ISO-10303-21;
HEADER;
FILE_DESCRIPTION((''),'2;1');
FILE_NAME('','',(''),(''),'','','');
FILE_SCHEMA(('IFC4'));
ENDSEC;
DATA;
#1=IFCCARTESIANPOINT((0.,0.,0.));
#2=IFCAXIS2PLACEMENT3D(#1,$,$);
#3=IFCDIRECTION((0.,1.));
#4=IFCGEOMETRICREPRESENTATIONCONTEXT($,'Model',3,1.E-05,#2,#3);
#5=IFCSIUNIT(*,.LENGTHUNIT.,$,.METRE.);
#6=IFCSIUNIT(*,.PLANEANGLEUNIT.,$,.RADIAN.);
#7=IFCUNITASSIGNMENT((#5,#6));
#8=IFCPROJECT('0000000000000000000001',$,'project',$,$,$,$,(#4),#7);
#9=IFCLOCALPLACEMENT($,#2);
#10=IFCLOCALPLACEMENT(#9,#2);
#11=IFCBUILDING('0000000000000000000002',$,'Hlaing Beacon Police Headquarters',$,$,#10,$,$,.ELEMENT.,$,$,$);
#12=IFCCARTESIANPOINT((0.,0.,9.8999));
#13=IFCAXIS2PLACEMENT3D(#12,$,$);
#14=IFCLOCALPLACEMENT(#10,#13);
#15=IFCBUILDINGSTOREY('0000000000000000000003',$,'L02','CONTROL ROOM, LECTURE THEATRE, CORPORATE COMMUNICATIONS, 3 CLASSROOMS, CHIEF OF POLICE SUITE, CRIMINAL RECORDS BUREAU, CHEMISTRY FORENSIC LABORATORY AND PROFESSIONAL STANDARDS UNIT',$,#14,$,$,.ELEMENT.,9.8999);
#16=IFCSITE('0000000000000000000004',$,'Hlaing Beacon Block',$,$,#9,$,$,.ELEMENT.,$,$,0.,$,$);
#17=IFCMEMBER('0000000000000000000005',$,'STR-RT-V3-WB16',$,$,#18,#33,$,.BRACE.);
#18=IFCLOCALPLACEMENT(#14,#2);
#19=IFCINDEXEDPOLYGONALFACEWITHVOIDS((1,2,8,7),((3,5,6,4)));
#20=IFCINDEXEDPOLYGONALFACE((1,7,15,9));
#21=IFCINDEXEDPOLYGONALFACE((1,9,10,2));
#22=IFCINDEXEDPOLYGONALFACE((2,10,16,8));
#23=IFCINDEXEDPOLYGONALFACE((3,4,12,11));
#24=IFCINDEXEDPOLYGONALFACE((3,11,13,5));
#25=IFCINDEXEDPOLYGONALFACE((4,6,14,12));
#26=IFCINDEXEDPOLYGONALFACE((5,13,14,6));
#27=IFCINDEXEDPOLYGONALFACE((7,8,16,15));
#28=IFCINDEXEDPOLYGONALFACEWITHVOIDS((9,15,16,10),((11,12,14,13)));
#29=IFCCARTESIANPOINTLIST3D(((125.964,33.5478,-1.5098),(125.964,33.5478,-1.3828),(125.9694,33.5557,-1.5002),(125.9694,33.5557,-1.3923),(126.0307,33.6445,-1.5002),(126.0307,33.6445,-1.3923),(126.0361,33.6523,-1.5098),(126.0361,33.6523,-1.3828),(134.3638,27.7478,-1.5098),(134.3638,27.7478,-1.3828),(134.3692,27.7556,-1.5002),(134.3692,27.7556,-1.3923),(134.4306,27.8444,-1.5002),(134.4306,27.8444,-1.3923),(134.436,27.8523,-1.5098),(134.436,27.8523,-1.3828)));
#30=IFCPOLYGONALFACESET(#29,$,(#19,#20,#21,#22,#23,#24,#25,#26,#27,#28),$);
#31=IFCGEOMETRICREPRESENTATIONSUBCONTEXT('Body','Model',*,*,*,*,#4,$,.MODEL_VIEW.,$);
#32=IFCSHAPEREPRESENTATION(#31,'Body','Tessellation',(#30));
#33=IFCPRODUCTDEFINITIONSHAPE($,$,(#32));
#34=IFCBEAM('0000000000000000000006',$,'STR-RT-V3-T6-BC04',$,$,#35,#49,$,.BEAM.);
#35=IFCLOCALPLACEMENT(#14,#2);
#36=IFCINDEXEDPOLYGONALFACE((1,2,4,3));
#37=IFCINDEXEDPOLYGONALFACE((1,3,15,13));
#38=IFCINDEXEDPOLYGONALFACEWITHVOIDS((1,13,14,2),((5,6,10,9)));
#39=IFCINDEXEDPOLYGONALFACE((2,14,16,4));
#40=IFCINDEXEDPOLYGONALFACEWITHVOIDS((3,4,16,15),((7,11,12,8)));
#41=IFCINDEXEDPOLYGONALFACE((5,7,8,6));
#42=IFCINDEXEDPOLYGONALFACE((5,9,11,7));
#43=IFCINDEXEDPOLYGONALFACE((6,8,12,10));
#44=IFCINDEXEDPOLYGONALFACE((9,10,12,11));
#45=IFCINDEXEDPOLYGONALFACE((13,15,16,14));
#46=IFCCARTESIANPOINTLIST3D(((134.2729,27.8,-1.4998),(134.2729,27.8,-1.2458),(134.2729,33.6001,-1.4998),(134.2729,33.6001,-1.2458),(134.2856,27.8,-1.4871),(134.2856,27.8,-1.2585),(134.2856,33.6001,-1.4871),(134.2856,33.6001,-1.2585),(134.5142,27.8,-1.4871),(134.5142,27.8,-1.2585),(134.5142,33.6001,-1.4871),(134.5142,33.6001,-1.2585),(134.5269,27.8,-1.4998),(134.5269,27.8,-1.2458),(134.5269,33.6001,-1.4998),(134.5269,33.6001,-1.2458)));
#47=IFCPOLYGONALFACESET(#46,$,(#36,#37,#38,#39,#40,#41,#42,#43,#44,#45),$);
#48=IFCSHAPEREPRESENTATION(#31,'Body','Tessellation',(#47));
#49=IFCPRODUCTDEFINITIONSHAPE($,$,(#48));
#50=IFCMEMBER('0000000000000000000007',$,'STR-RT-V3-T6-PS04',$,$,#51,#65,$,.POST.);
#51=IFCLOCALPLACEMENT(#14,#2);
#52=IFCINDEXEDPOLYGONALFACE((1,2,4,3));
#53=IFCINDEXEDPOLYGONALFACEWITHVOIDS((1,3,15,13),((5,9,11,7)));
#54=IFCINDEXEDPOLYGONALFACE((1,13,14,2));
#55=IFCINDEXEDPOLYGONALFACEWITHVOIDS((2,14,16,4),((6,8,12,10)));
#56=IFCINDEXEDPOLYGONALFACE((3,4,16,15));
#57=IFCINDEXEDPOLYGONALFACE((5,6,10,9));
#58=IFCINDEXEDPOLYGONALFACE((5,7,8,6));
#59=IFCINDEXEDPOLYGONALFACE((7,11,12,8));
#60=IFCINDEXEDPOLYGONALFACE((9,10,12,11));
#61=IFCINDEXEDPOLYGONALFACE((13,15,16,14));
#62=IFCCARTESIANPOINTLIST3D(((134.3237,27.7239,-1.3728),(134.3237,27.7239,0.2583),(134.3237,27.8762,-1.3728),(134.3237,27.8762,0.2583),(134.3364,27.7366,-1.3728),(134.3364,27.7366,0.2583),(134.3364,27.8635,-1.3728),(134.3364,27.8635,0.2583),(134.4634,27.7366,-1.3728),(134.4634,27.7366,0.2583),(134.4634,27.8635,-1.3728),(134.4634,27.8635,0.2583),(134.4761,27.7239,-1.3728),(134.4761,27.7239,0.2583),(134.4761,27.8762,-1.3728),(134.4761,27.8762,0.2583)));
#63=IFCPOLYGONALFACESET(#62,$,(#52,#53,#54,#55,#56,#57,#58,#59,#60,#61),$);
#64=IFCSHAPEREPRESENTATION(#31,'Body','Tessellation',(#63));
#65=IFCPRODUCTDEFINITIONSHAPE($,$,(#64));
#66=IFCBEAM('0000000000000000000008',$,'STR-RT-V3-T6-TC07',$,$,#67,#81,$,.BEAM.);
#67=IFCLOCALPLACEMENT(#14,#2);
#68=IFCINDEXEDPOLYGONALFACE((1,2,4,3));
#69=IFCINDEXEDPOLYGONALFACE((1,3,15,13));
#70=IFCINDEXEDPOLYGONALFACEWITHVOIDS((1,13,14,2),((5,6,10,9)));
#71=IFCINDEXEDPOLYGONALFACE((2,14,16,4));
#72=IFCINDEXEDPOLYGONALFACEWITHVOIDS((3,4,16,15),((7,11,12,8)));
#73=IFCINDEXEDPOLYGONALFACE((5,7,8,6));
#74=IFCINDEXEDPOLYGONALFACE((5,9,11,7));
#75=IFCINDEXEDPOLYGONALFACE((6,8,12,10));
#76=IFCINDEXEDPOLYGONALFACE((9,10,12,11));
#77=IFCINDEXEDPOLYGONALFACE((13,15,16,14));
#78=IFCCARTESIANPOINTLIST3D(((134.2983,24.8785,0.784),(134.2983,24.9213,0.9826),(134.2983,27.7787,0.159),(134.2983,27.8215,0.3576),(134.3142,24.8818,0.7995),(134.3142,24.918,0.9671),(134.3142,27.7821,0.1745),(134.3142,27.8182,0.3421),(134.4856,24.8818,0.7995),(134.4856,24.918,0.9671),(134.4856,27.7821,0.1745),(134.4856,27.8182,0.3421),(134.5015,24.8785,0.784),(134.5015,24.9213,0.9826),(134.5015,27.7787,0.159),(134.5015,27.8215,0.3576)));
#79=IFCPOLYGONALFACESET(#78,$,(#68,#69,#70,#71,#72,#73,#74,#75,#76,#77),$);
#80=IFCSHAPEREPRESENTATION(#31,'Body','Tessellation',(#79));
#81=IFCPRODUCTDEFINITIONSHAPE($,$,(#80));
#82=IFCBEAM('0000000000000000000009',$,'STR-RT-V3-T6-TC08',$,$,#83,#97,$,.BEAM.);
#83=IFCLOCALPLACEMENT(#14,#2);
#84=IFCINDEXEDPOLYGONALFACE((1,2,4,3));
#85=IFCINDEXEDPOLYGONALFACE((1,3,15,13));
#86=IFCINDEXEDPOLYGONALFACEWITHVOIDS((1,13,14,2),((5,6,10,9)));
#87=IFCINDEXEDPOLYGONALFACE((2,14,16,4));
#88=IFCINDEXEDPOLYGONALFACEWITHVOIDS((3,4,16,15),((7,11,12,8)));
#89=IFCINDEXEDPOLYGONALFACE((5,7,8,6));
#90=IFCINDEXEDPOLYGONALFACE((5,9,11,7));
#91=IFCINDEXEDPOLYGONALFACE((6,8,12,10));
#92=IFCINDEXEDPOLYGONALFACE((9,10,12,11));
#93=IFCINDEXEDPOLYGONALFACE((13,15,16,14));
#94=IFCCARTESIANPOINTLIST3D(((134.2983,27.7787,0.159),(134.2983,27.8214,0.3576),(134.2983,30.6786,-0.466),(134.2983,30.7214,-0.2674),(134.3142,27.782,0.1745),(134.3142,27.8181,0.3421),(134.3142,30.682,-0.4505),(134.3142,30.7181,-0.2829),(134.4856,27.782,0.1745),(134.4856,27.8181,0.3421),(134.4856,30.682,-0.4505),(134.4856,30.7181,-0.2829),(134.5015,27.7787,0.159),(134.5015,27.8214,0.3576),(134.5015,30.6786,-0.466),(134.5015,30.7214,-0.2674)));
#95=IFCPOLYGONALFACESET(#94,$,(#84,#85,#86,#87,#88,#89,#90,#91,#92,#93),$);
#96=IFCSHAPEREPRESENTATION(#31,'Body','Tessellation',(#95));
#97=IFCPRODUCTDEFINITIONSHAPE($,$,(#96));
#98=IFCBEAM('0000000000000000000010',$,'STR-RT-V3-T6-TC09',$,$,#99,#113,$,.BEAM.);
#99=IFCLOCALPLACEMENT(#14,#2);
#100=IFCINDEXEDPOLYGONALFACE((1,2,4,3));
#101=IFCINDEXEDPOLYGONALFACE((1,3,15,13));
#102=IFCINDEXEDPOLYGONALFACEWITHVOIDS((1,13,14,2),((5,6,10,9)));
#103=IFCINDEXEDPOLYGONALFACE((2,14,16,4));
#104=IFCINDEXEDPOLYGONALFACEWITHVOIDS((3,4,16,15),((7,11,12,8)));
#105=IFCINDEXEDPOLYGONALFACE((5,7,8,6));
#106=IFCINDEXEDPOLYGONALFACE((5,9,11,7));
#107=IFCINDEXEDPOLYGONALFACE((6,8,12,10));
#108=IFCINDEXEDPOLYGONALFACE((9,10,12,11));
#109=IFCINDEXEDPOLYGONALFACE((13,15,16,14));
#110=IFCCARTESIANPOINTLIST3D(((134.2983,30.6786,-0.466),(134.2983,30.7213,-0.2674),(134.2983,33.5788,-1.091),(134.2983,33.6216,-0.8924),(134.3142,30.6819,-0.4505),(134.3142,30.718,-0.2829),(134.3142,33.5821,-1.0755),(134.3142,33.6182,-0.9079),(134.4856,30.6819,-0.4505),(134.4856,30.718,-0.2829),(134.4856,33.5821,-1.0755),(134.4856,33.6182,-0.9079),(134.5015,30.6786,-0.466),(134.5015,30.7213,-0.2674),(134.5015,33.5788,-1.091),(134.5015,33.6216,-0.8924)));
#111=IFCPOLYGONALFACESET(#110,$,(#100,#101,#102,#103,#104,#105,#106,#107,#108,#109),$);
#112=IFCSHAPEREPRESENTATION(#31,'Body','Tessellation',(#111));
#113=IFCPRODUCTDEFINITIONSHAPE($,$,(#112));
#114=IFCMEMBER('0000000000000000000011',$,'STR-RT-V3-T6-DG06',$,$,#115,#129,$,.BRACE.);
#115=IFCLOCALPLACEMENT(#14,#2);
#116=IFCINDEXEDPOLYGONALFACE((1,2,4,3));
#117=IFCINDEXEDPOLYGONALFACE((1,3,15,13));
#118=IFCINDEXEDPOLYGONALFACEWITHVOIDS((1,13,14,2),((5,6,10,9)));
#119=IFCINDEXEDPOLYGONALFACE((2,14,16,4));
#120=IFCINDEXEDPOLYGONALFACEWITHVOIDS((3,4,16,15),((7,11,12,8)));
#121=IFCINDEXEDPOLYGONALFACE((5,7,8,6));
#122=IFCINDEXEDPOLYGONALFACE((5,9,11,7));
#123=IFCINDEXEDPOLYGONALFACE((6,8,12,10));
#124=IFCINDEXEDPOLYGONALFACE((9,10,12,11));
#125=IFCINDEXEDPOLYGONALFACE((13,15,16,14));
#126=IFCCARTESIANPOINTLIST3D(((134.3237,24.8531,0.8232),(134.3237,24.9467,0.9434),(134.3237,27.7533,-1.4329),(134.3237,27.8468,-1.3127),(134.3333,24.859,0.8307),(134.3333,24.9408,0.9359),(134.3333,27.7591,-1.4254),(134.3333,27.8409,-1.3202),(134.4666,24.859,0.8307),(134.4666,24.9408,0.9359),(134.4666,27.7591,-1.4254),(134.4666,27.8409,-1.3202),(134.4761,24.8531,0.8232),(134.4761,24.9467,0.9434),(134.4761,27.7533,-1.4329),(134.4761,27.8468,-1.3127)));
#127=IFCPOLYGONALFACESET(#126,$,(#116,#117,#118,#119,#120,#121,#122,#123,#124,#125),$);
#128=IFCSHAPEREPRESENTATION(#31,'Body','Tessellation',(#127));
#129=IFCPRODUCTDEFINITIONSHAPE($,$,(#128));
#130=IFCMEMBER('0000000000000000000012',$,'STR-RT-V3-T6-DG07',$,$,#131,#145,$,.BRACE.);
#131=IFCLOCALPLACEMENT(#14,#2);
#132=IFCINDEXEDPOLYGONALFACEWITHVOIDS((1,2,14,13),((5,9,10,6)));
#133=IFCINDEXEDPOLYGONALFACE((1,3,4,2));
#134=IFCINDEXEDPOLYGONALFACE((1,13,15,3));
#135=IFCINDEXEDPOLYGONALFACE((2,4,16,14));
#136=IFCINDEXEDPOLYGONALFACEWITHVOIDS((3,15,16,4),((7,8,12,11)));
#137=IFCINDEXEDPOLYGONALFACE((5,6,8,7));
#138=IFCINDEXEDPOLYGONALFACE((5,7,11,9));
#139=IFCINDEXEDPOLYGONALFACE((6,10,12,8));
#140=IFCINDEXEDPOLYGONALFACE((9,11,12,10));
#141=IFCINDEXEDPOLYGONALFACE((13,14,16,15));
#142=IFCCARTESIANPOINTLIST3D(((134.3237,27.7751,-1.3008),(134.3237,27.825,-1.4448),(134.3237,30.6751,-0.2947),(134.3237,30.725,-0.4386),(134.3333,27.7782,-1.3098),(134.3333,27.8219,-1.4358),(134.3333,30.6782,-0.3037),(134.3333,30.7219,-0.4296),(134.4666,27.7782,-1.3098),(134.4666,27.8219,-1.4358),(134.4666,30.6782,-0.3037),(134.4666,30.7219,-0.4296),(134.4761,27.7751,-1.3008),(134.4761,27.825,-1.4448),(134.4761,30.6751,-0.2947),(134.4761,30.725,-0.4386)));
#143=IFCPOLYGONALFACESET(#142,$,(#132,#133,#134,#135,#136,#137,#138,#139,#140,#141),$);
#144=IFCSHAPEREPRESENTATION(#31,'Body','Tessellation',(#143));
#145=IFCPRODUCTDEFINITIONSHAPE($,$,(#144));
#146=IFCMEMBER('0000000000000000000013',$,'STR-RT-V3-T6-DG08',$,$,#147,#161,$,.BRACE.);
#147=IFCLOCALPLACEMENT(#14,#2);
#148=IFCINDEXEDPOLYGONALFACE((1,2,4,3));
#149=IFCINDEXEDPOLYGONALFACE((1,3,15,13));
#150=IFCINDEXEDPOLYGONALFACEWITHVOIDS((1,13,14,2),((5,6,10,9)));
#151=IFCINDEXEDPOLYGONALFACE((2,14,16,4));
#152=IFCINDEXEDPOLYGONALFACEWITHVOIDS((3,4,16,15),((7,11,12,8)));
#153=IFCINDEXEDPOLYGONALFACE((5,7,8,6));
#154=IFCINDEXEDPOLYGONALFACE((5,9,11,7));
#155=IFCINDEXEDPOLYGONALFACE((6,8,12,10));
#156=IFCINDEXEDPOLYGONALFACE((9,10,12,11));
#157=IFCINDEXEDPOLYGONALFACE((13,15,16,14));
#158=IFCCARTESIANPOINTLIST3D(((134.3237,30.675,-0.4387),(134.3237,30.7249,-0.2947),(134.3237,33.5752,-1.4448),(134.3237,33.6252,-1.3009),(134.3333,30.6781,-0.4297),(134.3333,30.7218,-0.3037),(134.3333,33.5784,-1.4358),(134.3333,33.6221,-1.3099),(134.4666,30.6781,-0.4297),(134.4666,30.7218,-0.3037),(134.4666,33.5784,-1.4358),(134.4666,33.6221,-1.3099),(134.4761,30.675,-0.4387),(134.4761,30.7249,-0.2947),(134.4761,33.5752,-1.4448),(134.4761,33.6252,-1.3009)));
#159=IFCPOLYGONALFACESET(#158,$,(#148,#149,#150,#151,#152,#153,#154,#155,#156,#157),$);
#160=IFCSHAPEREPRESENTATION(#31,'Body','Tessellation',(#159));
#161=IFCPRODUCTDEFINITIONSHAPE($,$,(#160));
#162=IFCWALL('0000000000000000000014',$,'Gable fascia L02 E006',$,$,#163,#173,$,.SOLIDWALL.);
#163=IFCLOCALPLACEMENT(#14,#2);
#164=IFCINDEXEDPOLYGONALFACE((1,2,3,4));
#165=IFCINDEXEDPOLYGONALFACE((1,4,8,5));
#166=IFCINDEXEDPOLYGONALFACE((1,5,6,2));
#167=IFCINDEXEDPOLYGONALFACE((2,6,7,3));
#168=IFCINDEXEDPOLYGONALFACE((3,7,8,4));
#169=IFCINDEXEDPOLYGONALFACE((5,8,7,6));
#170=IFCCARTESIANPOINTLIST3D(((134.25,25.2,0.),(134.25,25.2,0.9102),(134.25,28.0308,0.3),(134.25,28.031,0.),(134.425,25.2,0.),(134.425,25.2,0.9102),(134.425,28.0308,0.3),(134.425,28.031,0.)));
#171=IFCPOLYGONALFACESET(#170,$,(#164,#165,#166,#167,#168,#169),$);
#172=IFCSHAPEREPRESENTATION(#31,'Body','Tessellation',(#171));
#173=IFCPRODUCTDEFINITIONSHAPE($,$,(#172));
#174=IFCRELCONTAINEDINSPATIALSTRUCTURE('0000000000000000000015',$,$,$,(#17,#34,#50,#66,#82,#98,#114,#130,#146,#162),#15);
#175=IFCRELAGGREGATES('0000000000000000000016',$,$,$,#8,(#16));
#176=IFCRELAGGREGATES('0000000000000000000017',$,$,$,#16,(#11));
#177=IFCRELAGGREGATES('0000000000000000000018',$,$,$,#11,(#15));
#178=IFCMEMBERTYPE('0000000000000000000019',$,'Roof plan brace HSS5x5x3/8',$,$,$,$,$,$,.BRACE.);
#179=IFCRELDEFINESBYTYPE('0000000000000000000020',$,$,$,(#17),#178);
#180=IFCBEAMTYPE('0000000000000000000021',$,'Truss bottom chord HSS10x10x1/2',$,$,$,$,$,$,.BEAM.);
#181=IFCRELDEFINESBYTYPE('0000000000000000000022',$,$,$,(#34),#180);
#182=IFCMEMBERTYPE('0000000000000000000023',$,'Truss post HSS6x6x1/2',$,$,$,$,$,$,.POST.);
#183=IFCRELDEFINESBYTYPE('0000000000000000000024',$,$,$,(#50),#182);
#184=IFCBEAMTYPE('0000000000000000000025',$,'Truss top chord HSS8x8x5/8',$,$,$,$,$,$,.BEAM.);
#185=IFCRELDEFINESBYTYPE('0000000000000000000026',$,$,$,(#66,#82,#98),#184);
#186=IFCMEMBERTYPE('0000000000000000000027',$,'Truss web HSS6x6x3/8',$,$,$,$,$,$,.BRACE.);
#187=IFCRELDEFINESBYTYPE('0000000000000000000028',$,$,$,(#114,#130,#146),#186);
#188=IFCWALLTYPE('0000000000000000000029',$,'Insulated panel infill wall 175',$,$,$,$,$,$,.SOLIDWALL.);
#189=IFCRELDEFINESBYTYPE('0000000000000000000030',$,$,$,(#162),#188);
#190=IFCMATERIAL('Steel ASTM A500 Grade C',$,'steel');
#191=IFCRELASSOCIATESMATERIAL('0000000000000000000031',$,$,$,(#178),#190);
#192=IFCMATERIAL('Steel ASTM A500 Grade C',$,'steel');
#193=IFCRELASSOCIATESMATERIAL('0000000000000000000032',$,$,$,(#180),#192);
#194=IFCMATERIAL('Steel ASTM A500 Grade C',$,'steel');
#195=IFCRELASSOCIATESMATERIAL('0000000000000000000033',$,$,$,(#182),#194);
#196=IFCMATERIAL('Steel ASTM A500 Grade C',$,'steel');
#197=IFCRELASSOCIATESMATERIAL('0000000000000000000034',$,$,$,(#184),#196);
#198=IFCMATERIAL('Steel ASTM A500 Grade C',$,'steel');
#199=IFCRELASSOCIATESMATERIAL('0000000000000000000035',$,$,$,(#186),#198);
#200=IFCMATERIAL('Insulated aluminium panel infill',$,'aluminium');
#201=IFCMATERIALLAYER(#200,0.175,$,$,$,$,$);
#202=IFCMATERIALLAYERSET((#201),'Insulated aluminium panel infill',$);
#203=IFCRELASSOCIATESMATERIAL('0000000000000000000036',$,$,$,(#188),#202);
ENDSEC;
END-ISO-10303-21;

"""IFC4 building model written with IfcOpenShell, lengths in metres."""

from ifc_helpers import new_model, si_unit, direction, frame, origin, origin_2d, place, context, subcontext, project, spatial, polyline, hollow_rectangle, outline, extrude, material, layer, layer_set, material_profile, profile_set, type_object, element, save


model = new_model("IFC4")

# Units and contexts
model_context = context("Model", 3, precision=1e-05, world=origin(), true_north=direction((0.0, 1.0)))
body_context = subcontext(model_context, "Body", "Model", "MODEL_VIEW")
ifc_project = project(units=[si_unit("LENGTHUNIT", "METRE"), si_unit("PLANEANGLEUNIT", "RADIAN")], contexts=[model_context])

# Site, building, storey
site_placement = place(None, origin())
site = spatial("IfcSite", under=ifc_project, at=site_placement, Name="Hlaing Beacon Block", CompositionType="ELEMENT", RefElevation=0.0)
building_placement = place(site_placement, origin())
building = spatial("IfcBuilding", under=site, at=building_placement, Name="Hlaing Beacon Police Headquarters", CompositionType="ELEMENT")
storey_placement = place(building_placement, frame((0.0, 0.0, 9.8999)))
storey = spatial("IfcBuildingStorey", under=building, at=storey_placement, Name="L02", Description="CONTROL ROOM, LECTURE THEATRE, CORPORATE COMMUNICATIONS, 3 CLASSROOMS, CHIEF OF POLICE SUITE, CRIMINAL RECORDS BUREAU, CHEMISTRY FORENSIC LABORATORY AND PROFESSIONAL STANDARDS UNIT", CompositionType="ELEMENT", Elevation=9.8999)

# Member
ifc_material_1 = material(Name="Steel ASTM A500 Grade C", Category="steel")
ifc_material_profile_1 = material_profile(ifc_material_1, hollow_rectangle(XDim=0.127, YDim=0.127, WallThickness=0.0095, at=origin_2d()), Name="HSS5x5x3/8")
ifc_profile_set_1 = profile_set([ifc_material_profile_1], Name="Steel ASTM A500 Grade C")
member_type_1 = type_object("IfcMemberType", Name="Roof plan brace HSS5x5x3/8", PredefinedType="BRACE", material=ifc_profile_set_1)
member_1_placement = place(storey_placement, frame((134.3999, 27.8, -1.4463), z_axis=(-0.822892, 0.568198, 0.0), x_axis=(-0.568198, -0.822892, 0.0)))
element("IfcMember", 1, at=member_1_placement, inside=storey, type_object=member_type_1, Name="STR-RT-V3-WB16", PredefinedType="BRACE", context=body_context, shape_type="SweptSolid", body=[
    extrude(hollow_rectangle(XDim=0.127, YDim=0.127, WallThickness=0.0095, at=origin_2d()), origin(), (0.0, 0.0, 1.0), 10.2078),
])

# Beam
ifc_material_2 = material(Name="Steel ASTM A500 Grade C", Category="steel")
ifc_material_profile_2 = material_profile(ifc_material_2, hollow_rectangle(XDim=0.2539, YDim=0.2539, WallThickness=0.0127, at=origin_2d()), Name="HSS10x10x1/2")
ifc_profile_set_2 = profile_set([ifc_material_profile_2], Name="Steel ASTM A500 Grade C")
beam_type_1 = type_object("IfcBeamType", Name="Truss bottom chord HSS10x10x1/2", PredefinedType="BEAM", material=ifc_profile_set_2)
beam_1_placement = place(storey_placement, frame((134.3999, 27.8, -1.3728), z_axis=(0.0, 1.0, 0.0), x_axis=(-1.0, 0.0, 0.0)))
element("IfcBeam", 2, at=beam_1_placement, inside=storey, type_object=beam_type_1, Name="STR-RT-V3-T6-BC04", PredefinedType="BEAM", context=body_context, shape_type="SweptSolid", body=[
    extrude(hollow_rectangle(XDim=0.2539, YDim=0.2539, WallThickness=0.0127, at=origin_2d()), origin(), (0.0, 0.0, 1.0), 5.8),
])

# Member
ifc_material_3 = material(Name="Steel ASTM A500 Grade C", Category="steel")
ifc_material_profile_3 = material_profile(ifc_material_3, hollow_rectangle(XDim=0.1523, YDim=0.1523, WallThickness=0.0127, at=origin_2d()), Name="HSS6x6x1/2")
ifc_profile_set_3 = profile_set([ifc_material_profile_3], Name="Steel ASTM A500 Grade C")
member_type_2 = type_object("IfcMemberType", Name="Truss post HSS6x6x1/2", PredefinedType="POST", material=ifc_profile_set_3)
member_2_placement = place(storey_placement, frame((134.3999, 27.8, -1.3728), z_axis=(0.0, 0.0, 1.0), x_axis=(1.0, 0.0, 0.0)))
element("IfcMember", 3, at=member_2_placement, inside=storey, type_object=member_type_2, Name="STR-RT-V3-T6-PS04", PredefinedType="POST", context=body_context, shape_type="SweptSolid", body=[
    extrude(hollow_rectangle(XDim=0.1523, YDim=0.1523, WallThickness=0.0127, at=origin_2d()), origin(), (0.0, 0.0, 1.0), 1.6311),
])

# Beams
ifc_material_4 = material(Name="Steel ASTM A500 Grade C", Category="steel")
ifc_material_profile_4 = material_profile(ifc_material_4, hollow_rectangle(XDim=0.2031, YDim=0.2031, WallThickness=0.0159, at=origin_2d()), Name="HSS8x8x5/8")
ifc_profile_set_4 = profile_set([ifc_material_profile_4], Name="Steel ASTM A500 Grade C")
beam_type_2 = type_object("IfcBeamType", Name="Truss top chord HSS8x8x5/8", PredefinedType="BEAM", material=ifc_profile_set_4)
beam_2_placement = place(storey_placement, frame((134.3999, 24.8999, 0.8833), z_axis=(0.0, 0.977557, -0.21067), x_axis=(-1.0, 0.0, 0.0)))
element("IfcBeam", 4, at=beam_2_placement, inside=storey, type_object=beam_type_2, Name="STR-RT-V3-T6-TC07", PredefinedType="BEAM", context=body_context, shape_type="SweptSolid", body=[
    extrude(hollow_rectangle(XDim=0.2031, YDim=0.2031, WallThickness=0.0159, at=origin_2d()), origin(), (0.0, 0.0, 1.0), 2.9668),
])
beam_3_placement = place(storey_placement, frame((134.3999, 27.8, 0.2583), z_axis=(0.0, 0.977554, -0.210687), x_axis=(-1.0, 0.0, 0.0)))
element("IfcBeam", 5, at=beam_3_placement, inside=storey, type_object=beam_type_2, Name="STR-RT-V3-T6-TC08", PredefinedType="BEAM", context=body_context, shape_type="SweptSolid", body=[
    extrude(hollow_rectangle(XDim=0.2031, YDim=0.2031, WallThickness=0.0159, at=origin_2d()), origin(), (0.0, 0.0, 1.0), 2.9666),
])
beam_4_placement = place(storey_placement, frame((134.3999, 30.7, -0.3667), z_axis=(0.0, 0.977557, -0.21067), x_axis=(-1.0, 0.0, 0.0)))
element("IfcBeam", 6, at=beam_4_placement, inside=storey, type_object=beam_type_2, Name="STR-RT-V3-T6-TC09", PredefinedType="BEAM", context=body_context, shape_type="SweptSolid", body=[
    extrude(hollow_rectangle(XDim=0.2031, YDim=0.2031, WallThickness=0.0159, at=origin_2d()), origin(), (0.0, 0.0, 1.0), 2.9668),
])

# Members
ifc_material_5 = material(Name="Steel ASTM A500 Grade C", Category="steel")
ifc_material_profile_5 = material_profile(ifc_material_5, hollow_rectangle(XDim=0.1523, YDim=0.1523, WallThickness=0.0095, at=origin_2d()), Name="HSS6x6x3/8")
ifc_profile_set_5 = profile_set([ifc_material_profile_5], Name="Steel ASTM A500 Grade C")
member_type_3 = type_object("IfcMemberType", Name="Truss web HSS6x6x3/8", PredefinedType="BRACE", material=ifc_profile_set_5)
member_3_placement = place(storey_placement, frame((134.3999, 24.8999, 0.8833), z_axis=(0.0, 0.789295, -0.614014), x_axis=(-1.0, 0.0, 0.0)))
element("IfcMember", 7, at=member_3_placement, inside=storey, type_object=member_type_3, Name="STR-RT-V3-T6-DG06", PredefinedType="BRACE", context=body_context, shape_type="SweptSolid", body=[
    extrude(hollow_rectangle(XDim=0.1523, YDim=0.1523, WallThickness=0.0095, at=origin_2d()), origin(), (0.0, 0.0, 1.0), 3.6743),
])
member_4_placement = place(storey_placement, frame((134.3999, 27.8, -1.3728), z_axis=(0.0, 0.944755, 0.327777), x_axis=(-1.0, 0.0, 0.0)))
element("IfcMember", 8, at=member_4_placement, inside=storey, type_object=member_type_3, Name="STR-RT-V3-T6-DG07", PredefinedType="BRACE", context=body_context, shape_type="SweptSolid", body=[
    extrude(hollow_rectangle(XDim=0.1523, YDim=0.1523, WallThickness=0.0095, at=origin_2d()), origin(), (0.0, 0.0, 1.0), 3.0696),
])
member_5_placement = place(storey_placement, frame((134.3999, 30.7, -0.3667), z_axis=(0.0, 0.944764, -0.327752), x_axis=(-1.0, 0.0, 0.0)))
element("IfcMember", 9, at=member_5_placement, inside=storey, type_object=member_type_3, Name="STR-RT-V3-T6-DG08", PredefinedType="BRACE", context=body_context, shape_type="SweptSolid", body=[
    extrude(hollow_rectangle(XDim=0.1523, YDim=0.1523, WallThickness=0.0095, at=origin_2d()), origin(), (0.0, 0.0, 1.0), 3.0698),
])

# Wall
ifc_material_6 = material(Name="Insulated aluminium panel infill", Category="aluminium")
ifc_layer = layer(ifc_material_6, 0.175)
ifc_layer_set = layer_set([ifc_layer], Name="Insulated aluminium panel infill")
wall_type = type_object("IfcWallType", Name="Insulated panel infill wall 175", PredefinedType="SOLIDWALL", material=ifc_layer_set)
wall_placement = place(storey_placement, frame((134.3374, 25.2, 0.0), z_axis=(0.0, 0.0, 1.0), x_axis=(0.0, 1.0, 0.0)))
element("IfcWall", 10, at=wall_placement, inside=storey, type_object=wall_type, Name="Gable fascia L02 E006", PredefinedType="SOLIDWALL", context=body_context, shape_type="SweptSolid", body=[
    extrude(outline(polyline([(0.0, 0.0), (2.8311, 0.0), (2.8308, 0.3), (0.0, 0.9102), (0.0, 0.0)])), frame((0.0, 0.0874, 0.0), z_axis=(0.0, -1.0, 0.0), x_axis=(1.0, 0.0, 0.0)), (0.0, 0.0, 1.0), 0.175),
])

save(model, "model.ifc")
